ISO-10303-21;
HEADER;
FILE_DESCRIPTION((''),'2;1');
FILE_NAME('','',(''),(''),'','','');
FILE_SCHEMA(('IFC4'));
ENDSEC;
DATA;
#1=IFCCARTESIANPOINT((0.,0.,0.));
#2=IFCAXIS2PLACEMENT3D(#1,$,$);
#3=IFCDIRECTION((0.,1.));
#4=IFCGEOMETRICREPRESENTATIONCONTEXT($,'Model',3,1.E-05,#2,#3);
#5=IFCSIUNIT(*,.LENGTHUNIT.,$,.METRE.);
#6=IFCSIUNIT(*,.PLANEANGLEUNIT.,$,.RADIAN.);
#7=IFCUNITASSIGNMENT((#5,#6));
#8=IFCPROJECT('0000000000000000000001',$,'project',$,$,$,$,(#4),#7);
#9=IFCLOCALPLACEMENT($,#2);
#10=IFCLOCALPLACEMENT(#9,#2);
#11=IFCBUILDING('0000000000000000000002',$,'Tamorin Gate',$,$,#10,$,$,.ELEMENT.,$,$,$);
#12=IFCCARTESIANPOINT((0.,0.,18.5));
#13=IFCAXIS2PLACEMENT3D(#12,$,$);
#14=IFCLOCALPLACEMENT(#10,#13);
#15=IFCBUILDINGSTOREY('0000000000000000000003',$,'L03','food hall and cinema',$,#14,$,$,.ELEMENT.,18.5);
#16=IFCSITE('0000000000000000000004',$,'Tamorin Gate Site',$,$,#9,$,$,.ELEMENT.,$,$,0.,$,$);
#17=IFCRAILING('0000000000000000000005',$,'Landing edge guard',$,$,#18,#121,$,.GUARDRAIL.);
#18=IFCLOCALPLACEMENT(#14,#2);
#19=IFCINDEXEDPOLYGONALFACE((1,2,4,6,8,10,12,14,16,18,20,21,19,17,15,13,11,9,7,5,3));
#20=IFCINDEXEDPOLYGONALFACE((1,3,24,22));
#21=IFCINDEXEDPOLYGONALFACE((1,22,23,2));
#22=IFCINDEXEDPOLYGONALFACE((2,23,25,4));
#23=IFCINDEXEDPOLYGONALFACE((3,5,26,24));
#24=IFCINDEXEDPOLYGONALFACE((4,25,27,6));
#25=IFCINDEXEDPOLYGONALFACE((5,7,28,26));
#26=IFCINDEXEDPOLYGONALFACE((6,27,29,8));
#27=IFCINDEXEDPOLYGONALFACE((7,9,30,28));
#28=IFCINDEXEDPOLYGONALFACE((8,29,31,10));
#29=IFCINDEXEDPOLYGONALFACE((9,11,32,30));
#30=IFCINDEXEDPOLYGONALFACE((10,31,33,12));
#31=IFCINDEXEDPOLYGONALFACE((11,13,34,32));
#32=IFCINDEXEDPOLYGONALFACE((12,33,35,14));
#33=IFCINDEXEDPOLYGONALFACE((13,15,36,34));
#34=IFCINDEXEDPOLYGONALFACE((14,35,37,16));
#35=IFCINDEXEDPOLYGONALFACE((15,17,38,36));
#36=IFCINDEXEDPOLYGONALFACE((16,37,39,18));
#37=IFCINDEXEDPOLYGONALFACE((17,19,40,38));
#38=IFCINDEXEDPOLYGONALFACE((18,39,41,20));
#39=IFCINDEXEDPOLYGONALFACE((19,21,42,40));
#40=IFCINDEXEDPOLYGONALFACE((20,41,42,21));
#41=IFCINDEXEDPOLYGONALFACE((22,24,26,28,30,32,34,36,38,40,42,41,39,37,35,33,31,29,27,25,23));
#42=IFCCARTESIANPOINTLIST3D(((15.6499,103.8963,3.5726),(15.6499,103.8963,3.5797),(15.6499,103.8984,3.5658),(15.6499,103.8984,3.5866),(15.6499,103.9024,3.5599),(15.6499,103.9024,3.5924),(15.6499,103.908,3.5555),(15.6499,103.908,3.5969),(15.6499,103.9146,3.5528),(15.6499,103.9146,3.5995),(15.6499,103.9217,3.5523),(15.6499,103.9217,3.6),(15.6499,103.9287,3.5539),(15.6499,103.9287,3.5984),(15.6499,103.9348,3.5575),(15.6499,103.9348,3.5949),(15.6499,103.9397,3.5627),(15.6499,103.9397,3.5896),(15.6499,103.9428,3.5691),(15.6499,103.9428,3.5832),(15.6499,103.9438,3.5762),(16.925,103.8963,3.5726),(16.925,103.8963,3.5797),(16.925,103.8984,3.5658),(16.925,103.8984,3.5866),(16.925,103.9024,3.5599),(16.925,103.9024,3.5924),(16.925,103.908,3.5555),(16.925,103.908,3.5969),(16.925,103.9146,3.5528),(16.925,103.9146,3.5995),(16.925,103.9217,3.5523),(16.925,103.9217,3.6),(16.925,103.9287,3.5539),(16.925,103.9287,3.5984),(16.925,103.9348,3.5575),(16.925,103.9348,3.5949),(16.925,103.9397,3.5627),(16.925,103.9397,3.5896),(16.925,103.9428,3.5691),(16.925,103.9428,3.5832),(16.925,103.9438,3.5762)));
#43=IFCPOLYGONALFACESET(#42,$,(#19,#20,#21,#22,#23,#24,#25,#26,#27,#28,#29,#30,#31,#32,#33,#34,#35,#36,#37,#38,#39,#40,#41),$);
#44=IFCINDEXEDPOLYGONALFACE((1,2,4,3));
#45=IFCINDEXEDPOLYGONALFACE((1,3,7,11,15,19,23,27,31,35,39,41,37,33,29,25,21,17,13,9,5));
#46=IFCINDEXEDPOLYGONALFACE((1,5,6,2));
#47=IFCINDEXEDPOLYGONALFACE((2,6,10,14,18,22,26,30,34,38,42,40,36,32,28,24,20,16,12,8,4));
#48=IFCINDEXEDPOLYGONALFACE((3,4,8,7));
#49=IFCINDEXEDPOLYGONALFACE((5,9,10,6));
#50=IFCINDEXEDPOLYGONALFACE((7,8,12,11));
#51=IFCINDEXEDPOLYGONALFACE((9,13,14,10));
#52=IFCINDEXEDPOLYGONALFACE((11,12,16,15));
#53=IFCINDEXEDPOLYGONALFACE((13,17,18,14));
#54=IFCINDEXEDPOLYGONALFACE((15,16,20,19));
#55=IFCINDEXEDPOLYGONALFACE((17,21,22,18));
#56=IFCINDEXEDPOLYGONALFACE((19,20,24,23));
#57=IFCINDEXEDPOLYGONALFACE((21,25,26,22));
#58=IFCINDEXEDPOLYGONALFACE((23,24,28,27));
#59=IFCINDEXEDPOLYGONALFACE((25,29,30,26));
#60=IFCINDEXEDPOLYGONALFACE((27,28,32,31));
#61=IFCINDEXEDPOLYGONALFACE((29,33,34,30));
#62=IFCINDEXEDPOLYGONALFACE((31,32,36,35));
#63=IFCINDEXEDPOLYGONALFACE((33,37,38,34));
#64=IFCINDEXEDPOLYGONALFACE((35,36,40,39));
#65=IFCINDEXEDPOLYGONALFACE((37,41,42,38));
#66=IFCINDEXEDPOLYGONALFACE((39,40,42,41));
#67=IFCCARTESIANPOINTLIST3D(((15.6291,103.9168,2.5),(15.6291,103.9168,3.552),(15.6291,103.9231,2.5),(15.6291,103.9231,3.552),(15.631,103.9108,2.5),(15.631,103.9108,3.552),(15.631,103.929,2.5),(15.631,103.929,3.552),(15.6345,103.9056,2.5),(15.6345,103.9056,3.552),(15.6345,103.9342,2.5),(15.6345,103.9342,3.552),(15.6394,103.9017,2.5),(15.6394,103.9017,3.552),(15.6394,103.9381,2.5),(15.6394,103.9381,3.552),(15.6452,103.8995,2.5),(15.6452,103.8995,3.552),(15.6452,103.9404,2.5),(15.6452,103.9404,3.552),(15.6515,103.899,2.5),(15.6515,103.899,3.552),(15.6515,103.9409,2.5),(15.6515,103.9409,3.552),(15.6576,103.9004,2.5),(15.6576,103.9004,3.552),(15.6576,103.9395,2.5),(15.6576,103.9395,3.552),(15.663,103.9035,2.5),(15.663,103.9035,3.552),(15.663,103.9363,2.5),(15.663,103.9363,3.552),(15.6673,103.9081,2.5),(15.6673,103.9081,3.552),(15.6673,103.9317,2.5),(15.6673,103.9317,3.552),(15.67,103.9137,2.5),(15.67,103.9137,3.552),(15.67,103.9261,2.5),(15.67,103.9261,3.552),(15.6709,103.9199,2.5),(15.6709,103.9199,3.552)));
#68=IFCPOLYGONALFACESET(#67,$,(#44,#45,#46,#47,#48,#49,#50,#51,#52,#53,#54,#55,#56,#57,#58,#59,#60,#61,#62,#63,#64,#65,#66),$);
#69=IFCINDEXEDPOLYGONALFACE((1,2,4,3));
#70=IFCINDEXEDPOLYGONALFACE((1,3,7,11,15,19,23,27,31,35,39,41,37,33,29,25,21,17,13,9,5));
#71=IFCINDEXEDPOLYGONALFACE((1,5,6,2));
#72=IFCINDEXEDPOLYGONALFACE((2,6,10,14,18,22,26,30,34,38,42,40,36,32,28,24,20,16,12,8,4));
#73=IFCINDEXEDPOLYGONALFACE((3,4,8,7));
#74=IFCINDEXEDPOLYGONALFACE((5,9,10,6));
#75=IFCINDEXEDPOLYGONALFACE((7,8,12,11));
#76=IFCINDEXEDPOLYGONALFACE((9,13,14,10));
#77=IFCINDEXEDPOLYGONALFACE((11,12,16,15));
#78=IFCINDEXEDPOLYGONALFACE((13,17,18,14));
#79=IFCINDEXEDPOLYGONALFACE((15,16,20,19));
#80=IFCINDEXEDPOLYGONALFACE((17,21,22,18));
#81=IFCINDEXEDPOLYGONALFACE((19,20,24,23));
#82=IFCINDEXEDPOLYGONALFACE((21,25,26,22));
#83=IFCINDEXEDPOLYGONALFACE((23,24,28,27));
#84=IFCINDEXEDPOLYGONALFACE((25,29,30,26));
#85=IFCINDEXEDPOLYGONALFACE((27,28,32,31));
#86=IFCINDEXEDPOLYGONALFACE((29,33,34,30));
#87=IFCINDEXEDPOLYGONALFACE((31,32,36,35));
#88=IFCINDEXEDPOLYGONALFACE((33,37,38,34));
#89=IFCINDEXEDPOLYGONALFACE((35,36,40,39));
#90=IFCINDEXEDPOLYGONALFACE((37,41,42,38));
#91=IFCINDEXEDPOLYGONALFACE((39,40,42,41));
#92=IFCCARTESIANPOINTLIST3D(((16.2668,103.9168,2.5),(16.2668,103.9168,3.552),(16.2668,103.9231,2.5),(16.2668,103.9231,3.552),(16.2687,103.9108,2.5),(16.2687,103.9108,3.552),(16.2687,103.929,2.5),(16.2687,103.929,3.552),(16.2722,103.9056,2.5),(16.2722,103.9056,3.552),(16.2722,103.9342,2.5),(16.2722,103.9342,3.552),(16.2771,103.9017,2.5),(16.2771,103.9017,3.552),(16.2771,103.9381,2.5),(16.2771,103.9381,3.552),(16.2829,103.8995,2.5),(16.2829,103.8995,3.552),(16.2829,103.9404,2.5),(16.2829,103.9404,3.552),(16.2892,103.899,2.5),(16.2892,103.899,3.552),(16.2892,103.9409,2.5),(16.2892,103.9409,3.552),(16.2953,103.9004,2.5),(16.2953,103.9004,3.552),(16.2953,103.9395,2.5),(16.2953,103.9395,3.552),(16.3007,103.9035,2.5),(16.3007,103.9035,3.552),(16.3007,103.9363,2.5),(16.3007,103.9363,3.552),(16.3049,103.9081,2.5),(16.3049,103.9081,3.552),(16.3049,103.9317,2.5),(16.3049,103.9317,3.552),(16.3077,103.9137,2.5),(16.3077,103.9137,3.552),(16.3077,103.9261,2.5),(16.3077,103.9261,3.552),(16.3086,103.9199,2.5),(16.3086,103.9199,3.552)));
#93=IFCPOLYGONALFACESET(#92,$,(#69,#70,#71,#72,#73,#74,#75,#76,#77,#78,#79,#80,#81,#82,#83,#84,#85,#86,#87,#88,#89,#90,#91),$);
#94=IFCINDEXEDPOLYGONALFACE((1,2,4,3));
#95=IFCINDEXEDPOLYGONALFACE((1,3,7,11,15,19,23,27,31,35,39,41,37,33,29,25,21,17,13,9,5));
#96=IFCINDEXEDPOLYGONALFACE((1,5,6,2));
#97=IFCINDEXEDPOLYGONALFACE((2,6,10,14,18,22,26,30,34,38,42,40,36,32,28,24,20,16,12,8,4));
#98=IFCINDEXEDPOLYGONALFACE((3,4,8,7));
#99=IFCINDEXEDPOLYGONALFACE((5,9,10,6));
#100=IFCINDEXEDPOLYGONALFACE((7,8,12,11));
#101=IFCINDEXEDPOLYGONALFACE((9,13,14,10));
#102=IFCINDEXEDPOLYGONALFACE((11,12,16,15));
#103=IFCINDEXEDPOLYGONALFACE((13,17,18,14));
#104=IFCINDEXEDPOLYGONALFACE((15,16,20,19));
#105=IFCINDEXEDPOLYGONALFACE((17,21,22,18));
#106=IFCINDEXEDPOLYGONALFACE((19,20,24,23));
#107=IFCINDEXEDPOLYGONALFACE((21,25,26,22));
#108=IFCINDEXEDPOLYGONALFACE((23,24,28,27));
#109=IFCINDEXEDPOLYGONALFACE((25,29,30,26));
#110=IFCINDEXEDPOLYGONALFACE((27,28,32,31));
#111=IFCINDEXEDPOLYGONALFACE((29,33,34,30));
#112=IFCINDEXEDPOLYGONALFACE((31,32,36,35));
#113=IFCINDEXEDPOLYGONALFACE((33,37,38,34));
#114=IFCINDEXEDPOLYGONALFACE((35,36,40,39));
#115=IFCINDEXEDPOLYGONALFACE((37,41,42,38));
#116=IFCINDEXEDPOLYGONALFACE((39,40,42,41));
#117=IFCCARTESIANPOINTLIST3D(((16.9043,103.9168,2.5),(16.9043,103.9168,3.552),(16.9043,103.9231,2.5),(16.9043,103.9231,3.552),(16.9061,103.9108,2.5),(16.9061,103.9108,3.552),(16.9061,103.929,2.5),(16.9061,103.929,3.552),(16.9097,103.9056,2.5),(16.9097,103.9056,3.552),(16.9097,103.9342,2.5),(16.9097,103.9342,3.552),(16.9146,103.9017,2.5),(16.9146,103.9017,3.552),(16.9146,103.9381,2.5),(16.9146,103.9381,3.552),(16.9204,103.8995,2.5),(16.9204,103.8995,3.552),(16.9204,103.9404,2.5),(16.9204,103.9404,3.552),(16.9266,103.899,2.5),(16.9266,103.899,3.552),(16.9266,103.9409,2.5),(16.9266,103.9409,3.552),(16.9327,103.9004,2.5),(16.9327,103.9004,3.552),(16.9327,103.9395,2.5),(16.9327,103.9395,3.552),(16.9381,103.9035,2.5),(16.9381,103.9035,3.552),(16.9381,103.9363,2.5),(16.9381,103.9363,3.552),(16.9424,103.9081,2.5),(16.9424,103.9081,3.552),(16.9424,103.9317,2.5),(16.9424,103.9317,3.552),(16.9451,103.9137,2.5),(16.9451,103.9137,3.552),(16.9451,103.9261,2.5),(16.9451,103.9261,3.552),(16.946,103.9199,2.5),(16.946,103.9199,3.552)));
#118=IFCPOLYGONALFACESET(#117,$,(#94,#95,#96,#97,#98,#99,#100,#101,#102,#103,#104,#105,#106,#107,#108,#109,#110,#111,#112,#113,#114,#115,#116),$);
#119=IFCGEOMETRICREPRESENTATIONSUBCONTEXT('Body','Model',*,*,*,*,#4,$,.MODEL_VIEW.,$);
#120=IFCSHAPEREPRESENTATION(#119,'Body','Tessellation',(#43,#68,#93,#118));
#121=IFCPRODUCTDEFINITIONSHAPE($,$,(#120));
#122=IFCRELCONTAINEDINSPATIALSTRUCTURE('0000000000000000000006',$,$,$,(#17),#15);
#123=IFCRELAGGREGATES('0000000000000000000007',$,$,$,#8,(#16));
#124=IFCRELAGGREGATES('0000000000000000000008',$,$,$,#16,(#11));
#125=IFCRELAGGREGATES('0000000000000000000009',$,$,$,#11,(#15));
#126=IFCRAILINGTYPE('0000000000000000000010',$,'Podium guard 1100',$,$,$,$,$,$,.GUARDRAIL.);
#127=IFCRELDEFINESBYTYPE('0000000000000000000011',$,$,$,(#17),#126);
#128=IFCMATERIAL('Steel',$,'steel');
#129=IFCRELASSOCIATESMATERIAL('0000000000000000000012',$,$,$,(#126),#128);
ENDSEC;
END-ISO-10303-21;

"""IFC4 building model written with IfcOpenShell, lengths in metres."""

from ifc_helpers import new_model, si_unit, direction, frame, origin, origin_2d, place, context, subcontext, project, spatial, circle, extrude, material, type_object, element, save


model = new_model("IFC4")

# Units and contexts
model_context = context("Model", 3, precision=1e-05, world=origin(), true_north=direction((0.0, 1.0)))
body_context = subcontext(model_context, "Body", "Model", "MODEL_VIEW")
ifc_project = project(units=[si_unit("LENGTHUNIT", "METRE"), si_unit("PLANEANGLEUNIT", "RADIAN")], contexts=[model_context])

# Site, building, storey
site_placement = place(None, origin())
site = spatial("IfcSite", under=ifc_project, at=site_placement, Name="Tamorin Gate Site", CompositionType="ELEMENT", RefElevation=0.0)
building_placement = place(site_placement, origin())
building = spatial("IfcBuilding", under=site, at=building_placement, Name="Tamorin Gate", CompositionType="ELEMENT")
storey_placement = place(building_placement, frame((0.0, 0.0, 18.5)))
storey = spatial("IfcBuildingStorey", under=building, at=storey_placement, Name="L03", Description="food hall and cinema", CompositionType="ELEMENT", Elevation=18.5)

# Railing
ifc_material_1 = material(Name="Steel", Category="steel")
railing_type_1 = type_object("IfcRailingType", Name="Podium guard 1100", PredefinedType="GUARDRAIL", material=ifc_material_1)
railing_1_placement = place(storey_placement, frame((15.6499, 103.9199, 2.5)))
element("IfcRailing", 1, at=railing_1_placement, inside=storey, type_object=railing_type_1, Name="Landing edge guard", PredefinedType="GUARDRAIL", context=body_context, shape_type="SweptSolid", body=[
    extrude(circle(Radius=0.0239, at=origin_2d()), frame((0.0, 0.0, 1.0762), z_axis=(1.0, 0.0, 0.0), x_axis=(0.0, 1.0, 0.0)), (0.0, 0.0, 1.0), 1.2751),
    extrude(circle(Radius=0.021, at=origin_2d()), origin(), (0.0, 0.0, 1.0), 1.052),
    extrude(circle(Radius=0.021, at=origin_2d()), frame((0.6377, 0.0, 0.0)), (0.0, 0.0, 1.0), 1.052),
    extrude(circle(Radius=0.021, at=origin_2d()), frame((1.2751, 0.0, 0.0)), (0.0, 0.0, 1.0), 1.052),
])

save(model, "model.ifc")
